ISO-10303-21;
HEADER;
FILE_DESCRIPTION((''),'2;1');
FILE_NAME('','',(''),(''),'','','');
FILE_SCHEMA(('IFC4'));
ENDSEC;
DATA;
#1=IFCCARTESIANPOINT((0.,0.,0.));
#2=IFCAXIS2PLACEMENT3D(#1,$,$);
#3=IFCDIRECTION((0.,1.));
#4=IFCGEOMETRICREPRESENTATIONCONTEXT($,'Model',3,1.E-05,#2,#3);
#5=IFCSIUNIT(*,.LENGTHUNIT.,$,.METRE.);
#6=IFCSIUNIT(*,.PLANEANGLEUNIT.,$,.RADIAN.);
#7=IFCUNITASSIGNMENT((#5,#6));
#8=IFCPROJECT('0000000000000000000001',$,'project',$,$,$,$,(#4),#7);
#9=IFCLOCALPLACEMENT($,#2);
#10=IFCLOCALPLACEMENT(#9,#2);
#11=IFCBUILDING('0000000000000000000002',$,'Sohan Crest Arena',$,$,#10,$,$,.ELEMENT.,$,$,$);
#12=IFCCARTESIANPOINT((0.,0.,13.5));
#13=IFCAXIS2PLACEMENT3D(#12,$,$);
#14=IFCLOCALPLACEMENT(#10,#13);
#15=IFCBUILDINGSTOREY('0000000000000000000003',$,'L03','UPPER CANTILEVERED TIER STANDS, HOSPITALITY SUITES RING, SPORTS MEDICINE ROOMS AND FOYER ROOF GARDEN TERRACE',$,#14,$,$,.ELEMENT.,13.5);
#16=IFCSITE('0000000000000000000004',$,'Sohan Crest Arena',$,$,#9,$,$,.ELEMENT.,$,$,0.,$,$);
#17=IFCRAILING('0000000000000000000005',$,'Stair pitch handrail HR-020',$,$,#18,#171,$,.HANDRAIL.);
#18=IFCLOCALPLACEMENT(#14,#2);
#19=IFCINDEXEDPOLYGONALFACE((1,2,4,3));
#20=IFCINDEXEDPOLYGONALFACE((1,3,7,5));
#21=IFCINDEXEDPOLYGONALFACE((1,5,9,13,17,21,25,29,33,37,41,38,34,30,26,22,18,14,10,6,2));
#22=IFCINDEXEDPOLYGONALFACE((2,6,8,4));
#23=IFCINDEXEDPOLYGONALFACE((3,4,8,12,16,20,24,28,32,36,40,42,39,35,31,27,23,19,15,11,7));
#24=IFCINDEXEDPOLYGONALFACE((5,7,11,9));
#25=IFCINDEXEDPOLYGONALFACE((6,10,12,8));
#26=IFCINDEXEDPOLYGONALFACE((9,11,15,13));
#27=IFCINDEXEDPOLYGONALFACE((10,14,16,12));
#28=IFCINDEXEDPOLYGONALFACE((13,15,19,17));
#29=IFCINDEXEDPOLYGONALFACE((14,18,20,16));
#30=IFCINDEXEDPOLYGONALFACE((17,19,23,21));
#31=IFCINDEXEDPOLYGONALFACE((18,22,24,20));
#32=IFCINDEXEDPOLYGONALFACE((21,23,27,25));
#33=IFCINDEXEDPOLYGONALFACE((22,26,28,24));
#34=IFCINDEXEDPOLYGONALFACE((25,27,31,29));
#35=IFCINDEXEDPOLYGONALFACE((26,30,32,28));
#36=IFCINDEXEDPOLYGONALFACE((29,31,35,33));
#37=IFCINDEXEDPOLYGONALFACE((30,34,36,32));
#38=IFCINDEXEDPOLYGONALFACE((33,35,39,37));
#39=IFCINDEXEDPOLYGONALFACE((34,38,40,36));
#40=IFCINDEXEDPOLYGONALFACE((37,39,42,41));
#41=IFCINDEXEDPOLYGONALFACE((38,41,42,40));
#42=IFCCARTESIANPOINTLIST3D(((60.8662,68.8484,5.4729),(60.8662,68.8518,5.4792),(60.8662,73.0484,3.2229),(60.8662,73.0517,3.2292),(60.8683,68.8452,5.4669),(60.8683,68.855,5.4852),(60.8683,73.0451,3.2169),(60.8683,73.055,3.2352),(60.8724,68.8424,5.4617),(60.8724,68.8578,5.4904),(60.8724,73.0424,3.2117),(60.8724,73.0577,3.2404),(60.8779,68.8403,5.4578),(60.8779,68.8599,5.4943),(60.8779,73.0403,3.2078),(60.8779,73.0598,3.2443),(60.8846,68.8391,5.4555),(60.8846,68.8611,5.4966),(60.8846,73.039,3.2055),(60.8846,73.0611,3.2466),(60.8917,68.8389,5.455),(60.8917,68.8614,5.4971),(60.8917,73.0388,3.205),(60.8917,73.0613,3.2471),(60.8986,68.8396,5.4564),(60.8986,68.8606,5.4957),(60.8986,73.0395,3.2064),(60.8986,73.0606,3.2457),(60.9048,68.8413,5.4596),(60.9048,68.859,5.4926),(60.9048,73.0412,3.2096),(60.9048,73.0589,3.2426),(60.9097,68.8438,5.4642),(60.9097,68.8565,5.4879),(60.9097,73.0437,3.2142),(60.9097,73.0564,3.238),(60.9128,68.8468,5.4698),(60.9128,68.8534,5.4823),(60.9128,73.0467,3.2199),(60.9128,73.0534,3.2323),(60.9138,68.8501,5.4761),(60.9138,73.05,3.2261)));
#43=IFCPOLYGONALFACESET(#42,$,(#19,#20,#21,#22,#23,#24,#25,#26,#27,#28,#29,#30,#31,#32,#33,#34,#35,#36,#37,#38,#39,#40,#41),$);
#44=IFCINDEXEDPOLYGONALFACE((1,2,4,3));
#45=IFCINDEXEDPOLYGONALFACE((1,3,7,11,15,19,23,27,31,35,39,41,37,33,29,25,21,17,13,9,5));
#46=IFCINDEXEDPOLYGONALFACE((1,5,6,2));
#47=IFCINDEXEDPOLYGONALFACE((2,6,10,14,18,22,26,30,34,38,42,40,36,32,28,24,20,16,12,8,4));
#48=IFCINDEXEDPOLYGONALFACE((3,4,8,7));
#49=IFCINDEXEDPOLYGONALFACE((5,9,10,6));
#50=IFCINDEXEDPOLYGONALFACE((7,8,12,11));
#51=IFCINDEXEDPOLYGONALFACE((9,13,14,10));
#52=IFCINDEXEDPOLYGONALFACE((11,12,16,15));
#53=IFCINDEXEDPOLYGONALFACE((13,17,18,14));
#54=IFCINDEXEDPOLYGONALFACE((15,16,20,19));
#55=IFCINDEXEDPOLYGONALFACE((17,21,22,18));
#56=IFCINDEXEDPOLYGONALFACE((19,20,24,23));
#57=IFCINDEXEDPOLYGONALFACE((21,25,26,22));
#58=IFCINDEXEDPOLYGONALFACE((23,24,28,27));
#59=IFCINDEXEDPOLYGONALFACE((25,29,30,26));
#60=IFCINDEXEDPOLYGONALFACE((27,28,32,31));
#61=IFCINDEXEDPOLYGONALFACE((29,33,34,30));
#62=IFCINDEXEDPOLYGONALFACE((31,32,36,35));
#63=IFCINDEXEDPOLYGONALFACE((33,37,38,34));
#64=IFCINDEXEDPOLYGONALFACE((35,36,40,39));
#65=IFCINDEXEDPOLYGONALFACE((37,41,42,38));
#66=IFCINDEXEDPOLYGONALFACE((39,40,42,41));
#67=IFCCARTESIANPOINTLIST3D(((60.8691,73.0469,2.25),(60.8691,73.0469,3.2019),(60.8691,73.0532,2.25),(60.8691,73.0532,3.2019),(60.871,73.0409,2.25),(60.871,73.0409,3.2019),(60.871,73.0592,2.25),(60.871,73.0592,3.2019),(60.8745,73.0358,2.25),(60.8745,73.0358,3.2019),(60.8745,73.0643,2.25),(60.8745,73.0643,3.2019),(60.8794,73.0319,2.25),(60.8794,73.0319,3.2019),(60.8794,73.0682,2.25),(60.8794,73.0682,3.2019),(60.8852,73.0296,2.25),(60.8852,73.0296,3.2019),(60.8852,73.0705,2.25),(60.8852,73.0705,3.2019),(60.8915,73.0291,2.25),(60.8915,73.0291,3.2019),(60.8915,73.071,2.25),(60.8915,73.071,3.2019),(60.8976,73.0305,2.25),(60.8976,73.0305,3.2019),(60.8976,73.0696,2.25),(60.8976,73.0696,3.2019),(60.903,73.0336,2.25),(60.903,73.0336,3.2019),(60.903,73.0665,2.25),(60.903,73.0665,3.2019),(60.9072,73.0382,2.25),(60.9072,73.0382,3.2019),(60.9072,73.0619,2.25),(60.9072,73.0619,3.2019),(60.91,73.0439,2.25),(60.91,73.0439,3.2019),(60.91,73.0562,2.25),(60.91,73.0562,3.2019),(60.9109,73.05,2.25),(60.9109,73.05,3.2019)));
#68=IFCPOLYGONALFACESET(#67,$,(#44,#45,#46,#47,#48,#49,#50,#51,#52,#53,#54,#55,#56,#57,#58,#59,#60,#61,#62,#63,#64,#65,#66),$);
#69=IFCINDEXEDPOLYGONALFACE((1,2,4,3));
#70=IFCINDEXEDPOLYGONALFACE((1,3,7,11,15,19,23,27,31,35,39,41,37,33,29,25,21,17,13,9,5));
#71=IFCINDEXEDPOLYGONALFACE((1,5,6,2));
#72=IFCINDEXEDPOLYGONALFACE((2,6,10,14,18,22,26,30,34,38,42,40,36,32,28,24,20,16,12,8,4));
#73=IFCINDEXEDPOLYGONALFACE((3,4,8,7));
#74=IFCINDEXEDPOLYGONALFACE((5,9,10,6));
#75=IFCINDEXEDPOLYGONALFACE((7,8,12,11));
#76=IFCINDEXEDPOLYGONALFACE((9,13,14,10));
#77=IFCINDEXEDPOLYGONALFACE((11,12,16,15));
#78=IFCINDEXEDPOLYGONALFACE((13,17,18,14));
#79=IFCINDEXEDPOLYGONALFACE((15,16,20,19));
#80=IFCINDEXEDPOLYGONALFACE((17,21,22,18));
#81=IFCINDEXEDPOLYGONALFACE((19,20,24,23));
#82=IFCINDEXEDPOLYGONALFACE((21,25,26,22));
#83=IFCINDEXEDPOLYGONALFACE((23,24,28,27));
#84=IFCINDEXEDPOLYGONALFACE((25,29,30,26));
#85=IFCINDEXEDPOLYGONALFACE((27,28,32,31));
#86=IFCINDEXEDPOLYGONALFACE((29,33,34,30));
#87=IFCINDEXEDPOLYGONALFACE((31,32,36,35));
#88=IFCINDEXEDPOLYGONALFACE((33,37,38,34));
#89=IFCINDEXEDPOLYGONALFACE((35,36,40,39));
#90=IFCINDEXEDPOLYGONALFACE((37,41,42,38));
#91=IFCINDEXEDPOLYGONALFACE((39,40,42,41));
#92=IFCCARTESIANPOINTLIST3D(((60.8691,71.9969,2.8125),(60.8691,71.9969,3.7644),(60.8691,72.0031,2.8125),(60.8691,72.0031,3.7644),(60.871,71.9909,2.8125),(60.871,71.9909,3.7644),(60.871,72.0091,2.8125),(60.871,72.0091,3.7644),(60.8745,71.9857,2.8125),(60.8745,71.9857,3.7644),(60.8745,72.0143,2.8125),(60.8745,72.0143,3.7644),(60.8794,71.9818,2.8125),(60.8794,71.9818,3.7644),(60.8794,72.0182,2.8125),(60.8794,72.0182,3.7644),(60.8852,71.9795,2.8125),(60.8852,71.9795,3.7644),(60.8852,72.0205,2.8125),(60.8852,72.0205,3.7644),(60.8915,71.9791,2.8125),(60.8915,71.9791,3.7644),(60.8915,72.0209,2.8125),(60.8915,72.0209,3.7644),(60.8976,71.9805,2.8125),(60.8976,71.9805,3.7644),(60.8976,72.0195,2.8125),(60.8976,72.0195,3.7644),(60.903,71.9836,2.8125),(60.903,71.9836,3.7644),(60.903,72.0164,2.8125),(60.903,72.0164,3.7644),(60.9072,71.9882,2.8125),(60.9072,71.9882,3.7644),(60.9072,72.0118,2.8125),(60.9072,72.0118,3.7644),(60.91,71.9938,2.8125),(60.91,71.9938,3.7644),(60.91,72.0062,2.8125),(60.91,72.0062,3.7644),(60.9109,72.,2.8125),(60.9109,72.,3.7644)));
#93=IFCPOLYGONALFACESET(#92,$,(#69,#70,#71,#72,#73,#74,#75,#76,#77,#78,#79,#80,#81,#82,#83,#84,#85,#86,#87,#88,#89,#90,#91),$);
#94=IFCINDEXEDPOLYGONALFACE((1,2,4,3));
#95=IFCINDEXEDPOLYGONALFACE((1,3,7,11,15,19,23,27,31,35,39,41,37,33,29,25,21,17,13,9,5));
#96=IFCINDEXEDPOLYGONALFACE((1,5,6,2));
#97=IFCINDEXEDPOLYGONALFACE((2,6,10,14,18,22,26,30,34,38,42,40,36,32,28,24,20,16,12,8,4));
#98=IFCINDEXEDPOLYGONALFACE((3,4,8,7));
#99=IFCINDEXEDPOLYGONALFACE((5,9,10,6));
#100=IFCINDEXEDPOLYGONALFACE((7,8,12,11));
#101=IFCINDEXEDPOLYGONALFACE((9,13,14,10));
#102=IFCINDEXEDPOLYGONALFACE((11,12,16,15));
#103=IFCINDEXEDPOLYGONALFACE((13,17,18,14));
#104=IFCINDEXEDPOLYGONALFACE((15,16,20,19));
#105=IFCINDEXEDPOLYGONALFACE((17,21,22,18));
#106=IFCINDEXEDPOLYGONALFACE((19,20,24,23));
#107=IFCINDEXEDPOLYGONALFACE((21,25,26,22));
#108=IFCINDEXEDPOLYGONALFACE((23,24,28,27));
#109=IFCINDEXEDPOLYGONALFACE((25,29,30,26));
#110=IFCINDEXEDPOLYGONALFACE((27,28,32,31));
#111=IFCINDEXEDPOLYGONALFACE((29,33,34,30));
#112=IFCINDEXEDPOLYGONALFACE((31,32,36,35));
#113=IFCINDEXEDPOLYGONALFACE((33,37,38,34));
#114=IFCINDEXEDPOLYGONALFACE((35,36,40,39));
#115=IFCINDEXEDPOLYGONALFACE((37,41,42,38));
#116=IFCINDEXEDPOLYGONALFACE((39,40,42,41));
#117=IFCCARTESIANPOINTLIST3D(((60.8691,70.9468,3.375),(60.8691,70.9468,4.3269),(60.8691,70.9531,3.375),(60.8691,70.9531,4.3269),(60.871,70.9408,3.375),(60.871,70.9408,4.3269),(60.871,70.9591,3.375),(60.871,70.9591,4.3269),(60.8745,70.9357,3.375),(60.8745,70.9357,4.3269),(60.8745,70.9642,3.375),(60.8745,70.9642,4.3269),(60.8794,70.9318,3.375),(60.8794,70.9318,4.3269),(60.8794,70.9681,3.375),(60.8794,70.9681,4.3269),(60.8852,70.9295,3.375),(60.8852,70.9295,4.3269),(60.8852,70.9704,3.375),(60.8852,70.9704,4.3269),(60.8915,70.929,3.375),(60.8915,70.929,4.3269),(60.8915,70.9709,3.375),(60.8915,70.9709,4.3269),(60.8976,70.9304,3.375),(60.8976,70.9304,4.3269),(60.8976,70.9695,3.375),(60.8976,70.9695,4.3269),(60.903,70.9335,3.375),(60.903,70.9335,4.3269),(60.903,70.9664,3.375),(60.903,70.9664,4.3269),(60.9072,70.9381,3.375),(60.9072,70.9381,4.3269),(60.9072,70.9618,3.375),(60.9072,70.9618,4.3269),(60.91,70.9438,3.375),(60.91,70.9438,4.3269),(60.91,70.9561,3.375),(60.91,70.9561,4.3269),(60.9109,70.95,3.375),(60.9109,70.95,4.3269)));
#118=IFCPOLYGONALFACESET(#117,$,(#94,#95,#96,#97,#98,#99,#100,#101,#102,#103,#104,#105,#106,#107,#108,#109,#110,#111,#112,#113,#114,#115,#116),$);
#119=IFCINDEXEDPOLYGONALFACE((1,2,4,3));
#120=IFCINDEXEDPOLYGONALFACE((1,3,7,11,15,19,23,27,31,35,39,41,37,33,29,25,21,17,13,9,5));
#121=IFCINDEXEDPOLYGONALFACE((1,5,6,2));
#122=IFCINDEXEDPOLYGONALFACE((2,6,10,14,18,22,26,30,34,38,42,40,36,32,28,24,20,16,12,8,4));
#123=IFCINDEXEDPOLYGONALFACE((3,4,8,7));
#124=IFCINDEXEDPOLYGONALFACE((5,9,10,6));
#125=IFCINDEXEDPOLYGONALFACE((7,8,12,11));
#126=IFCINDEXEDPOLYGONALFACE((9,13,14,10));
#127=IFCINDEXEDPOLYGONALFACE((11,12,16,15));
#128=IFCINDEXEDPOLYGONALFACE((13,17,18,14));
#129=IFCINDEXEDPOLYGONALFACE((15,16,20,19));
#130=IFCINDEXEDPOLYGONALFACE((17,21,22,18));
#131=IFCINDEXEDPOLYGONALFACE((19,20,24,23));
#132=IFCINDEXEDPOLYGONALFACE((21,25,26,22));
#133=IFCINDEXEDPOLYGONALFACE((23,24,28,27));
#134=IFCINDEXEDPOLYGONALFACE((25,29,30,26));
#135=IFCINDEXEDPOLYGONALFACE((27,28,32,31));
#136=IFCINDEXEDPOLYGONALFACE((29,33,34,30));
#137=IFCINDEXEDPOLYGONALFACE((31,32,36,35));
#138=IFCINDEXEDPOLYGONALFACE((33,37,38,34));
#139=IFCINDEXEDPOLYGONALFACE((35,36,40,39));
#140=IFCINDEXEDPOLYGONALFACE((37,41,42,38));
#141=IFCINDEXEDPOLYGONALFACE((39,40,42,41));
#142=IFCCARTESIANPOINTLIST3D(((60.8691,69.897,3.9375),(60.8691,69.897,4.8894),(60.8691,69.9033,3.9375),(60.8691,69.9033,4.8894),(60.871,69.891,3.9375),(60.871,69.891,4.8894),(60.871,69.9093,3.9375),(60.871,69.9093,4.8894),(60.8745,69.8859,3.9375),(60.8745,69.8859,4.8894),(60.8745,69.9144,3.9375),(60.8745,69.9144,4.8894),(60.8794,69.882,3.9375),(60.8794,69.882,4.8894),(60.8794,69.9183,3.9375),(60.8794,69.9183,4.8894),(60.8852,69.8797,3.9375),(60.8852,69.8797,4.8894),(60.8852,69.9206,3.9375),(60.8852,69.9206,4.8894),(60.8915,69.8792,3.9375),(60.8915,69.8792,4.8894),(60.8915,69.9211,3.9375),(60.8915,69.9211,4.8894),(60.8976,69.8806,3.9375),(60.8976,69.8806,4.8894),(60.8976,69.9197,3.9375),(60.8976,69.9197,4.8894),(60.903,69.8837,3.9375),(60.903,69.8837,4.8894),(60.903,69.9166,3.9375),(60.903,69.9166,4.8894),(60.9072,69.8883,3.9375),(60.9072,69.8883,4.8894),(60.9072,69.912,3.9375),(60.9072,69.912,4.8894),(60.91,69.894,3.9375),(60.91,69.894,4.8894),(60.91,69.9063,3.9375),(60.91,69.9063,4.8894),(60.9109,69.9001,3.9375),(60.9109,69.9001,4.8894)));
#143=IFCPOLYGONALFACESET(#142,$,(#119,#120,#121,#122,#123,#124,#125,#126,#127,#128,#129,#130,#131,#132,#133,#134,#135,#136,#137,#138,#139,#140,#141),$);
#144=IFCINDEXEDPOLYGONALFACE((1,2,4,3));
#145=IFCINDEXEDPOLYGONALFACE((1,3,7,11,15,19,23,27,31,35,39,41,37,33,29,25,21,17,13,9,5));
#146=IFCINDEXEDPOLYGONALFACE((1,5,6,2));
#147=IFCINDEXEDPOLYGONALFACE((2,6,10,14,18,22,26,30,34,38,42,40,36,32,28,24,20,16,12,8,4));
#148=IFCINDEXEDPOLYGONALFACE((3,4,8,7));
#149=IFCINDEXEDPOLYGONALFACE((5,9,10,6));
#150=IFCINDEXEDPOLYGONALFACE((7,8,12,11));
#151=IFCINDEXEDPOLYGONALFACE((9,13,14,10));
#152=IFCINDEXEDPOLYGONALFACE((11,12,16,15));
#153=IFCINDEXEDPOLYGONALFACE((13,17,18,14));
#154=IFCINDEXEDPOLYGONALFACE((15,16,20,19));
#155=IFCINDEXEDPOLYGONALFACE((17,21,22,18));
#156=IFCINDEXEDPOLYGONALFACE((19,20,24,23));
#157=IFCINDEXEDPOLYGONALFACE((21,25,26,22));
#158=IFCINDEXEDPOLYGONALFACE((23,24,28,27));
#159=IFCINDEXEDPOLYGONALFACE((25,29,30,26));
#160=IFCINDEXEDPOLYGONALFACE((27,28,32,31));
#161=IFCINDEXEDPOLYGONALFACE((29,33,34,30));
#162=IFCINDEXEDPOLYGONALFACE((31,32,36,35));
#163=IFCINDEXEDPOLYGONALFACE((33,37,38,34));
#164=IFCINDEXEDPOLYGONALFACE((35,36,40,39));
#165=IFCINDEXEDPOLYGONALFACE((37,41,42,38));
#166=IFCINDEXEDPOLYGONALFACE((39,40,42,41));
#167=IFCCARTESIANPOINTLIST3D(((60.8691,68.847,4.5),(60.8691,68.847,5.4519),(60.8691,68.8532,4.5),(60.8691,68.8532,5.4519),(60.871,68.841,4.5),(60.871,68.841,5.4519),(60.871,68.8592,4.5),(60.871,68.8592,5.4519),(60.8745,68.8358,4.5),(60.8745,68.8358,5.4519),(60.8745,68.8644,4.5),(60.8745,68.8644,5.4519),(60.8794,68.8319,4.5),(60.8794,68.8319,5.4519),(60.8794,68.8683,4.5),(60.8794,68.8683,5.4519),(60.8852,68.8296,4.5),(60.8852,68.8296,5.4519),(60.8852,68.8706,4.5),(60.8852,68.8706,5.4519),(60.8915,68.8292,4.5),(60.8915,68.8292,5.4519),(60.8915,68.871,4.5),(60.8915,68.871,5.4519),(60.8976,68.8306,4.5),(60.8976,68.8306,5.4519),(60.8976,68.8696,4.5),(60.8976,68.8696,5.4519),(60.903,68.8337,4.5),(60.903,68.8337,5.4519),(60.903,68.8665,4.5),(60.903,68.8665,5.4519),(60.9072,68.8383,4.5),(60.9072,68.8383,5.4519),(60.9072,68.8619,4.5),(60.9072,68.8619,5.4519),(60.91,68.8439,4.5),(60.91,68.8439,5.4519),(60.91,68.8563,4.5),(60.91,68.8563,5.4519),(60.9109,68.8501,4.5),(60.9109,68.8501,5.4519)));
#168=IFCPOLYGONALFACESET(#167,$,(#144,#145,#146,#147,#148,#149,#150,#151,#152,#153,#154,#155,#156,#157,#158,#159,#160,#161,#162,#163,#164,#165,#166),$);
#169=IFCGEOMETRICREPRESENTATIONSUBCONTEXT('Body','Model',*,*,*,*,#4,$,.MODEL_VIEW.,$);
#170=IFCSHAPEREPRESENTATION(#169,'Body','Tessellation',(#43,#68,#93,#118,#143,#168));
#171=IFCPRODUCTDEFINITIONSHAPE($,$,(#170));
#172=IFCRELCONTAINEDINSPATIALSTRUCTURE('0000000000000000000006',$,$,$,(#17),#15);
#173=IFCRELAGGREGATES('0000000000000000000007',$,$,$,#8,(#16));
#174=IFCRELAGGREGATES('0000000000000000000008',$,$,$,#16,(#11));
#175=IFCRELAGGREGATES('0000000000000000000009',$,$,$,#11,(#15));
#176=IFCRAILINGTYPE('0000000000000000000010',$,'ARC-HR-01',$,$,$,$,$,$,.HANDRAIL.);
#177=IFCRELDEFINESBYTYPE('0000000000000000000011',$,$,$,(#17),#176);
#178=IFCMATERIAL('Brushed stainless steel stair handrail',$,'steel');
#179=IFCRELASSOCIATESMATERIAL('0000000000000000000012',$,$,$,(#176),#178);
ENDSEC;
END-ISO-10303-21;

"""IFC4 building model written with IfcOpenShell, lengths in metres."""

from ifc_helpers import new_model, si_unit, direction, frame, origin, origin_2d, place, context, subcontext, project, spatial, circle, extrude, material, type_object, element, save


model = new_model("IFC4")

# Units and contexts
model_context = context("Model", 3, precision=1e-05, world=origin(), true_north=direction((0.0, 1.0)))
body_context = subcontext(model_context, "Body", "Model", "MODEL_VIEW")
ifc_project = project(units=[si_unit("LENGTHUNIT", "METRE"), si_unit("PLANEANGLEUNIT", "RADIAN")], contexts=[model_context])

# Site, building, storey
site_placement = place(None, origin())
site = spatial("IfcSite", under=ifc_project, at=site_placement, Name="Sohan Crest Arena", CompositionType="ELEMENT", RefElevation=0.0)
building_placement = place(site_placement, origin())
building = spatial("IfcBuilding", under=site, at=building_placement, Name="Sohan Crest Arena", CompositionType="ELEMENT")
storey_placement = place(building_placement, frame((0.0, 0.0, 13.5)))
storey = spatial("IfcBuildingStorey", under=building, at=storey_placement, Name="L03", Description="UPPER CANTILEVERED TIER STANDS, HOSPITALITY SUITES RING, SPORTS MEDICINE ROOMS AND FOYER ROOF GARDEN TERRACE", CompositionType="ELEMENT", Elevation=13.5)

# Railing
ifc_material_1 = material(Name="Brushed stainless steel stair handrail", Category="steel")
railing_type_1 = type_object("IfcRailingType", Name="ARC-HR-01", PredefinedType="HANDRAIL", material=ifc_material_1)
for number, where, name in (
    (1, (60.8899, 73.05, 2.25), "Stair pitch handrail HR-020"),
):
    element("IfcRailing", number, at=place(storey_placement, frame(where)), inside=storey, type_object=railing_type_1, Name=name, PredefinedType="HANDRAIL", context=body_context, shape_type="SweptSolid", body=[
        extrude(circle(Radius=0.0239, at=origin_2d()), frame((0.0, 0.0, 0.9761), z_axis=(0.0, -0.881478, 0.472226), x_axis=(1.0, 0.0, 0.0)), (0.0, 0.0, 1.0), 4.7646),
        extrude(circle(Radius=0.021, at=origin_2d()), origin(), (0.0, 0.0, 1.0), 0.9519),
        extrude(circle(Radius=0.021, at=origin_2d()), frame((0.0, -1.05, 0.5625)), (0.0, 0.0, 1.0), 0.9519),
        extrude(circle(Radius=0.021, at=origin_2d()), frame((0.0, -2.1001, 1.125)), (0.0, 0.0, 1.0), 0.9519),
        extrude(circle(Radius=0.021, at=origin_2d()), frame((0.0, -3.1499, 1.6875)), (0.0, 0.0, 1.0), 0.9519),
        extrude(circle(Radius=0.021, at=origin_2d()), frame((0.0, -4.2, 2.25)), (0.0, 0.0, 1.0), 0.9519),
    ])

save(model, "model.ifc")
